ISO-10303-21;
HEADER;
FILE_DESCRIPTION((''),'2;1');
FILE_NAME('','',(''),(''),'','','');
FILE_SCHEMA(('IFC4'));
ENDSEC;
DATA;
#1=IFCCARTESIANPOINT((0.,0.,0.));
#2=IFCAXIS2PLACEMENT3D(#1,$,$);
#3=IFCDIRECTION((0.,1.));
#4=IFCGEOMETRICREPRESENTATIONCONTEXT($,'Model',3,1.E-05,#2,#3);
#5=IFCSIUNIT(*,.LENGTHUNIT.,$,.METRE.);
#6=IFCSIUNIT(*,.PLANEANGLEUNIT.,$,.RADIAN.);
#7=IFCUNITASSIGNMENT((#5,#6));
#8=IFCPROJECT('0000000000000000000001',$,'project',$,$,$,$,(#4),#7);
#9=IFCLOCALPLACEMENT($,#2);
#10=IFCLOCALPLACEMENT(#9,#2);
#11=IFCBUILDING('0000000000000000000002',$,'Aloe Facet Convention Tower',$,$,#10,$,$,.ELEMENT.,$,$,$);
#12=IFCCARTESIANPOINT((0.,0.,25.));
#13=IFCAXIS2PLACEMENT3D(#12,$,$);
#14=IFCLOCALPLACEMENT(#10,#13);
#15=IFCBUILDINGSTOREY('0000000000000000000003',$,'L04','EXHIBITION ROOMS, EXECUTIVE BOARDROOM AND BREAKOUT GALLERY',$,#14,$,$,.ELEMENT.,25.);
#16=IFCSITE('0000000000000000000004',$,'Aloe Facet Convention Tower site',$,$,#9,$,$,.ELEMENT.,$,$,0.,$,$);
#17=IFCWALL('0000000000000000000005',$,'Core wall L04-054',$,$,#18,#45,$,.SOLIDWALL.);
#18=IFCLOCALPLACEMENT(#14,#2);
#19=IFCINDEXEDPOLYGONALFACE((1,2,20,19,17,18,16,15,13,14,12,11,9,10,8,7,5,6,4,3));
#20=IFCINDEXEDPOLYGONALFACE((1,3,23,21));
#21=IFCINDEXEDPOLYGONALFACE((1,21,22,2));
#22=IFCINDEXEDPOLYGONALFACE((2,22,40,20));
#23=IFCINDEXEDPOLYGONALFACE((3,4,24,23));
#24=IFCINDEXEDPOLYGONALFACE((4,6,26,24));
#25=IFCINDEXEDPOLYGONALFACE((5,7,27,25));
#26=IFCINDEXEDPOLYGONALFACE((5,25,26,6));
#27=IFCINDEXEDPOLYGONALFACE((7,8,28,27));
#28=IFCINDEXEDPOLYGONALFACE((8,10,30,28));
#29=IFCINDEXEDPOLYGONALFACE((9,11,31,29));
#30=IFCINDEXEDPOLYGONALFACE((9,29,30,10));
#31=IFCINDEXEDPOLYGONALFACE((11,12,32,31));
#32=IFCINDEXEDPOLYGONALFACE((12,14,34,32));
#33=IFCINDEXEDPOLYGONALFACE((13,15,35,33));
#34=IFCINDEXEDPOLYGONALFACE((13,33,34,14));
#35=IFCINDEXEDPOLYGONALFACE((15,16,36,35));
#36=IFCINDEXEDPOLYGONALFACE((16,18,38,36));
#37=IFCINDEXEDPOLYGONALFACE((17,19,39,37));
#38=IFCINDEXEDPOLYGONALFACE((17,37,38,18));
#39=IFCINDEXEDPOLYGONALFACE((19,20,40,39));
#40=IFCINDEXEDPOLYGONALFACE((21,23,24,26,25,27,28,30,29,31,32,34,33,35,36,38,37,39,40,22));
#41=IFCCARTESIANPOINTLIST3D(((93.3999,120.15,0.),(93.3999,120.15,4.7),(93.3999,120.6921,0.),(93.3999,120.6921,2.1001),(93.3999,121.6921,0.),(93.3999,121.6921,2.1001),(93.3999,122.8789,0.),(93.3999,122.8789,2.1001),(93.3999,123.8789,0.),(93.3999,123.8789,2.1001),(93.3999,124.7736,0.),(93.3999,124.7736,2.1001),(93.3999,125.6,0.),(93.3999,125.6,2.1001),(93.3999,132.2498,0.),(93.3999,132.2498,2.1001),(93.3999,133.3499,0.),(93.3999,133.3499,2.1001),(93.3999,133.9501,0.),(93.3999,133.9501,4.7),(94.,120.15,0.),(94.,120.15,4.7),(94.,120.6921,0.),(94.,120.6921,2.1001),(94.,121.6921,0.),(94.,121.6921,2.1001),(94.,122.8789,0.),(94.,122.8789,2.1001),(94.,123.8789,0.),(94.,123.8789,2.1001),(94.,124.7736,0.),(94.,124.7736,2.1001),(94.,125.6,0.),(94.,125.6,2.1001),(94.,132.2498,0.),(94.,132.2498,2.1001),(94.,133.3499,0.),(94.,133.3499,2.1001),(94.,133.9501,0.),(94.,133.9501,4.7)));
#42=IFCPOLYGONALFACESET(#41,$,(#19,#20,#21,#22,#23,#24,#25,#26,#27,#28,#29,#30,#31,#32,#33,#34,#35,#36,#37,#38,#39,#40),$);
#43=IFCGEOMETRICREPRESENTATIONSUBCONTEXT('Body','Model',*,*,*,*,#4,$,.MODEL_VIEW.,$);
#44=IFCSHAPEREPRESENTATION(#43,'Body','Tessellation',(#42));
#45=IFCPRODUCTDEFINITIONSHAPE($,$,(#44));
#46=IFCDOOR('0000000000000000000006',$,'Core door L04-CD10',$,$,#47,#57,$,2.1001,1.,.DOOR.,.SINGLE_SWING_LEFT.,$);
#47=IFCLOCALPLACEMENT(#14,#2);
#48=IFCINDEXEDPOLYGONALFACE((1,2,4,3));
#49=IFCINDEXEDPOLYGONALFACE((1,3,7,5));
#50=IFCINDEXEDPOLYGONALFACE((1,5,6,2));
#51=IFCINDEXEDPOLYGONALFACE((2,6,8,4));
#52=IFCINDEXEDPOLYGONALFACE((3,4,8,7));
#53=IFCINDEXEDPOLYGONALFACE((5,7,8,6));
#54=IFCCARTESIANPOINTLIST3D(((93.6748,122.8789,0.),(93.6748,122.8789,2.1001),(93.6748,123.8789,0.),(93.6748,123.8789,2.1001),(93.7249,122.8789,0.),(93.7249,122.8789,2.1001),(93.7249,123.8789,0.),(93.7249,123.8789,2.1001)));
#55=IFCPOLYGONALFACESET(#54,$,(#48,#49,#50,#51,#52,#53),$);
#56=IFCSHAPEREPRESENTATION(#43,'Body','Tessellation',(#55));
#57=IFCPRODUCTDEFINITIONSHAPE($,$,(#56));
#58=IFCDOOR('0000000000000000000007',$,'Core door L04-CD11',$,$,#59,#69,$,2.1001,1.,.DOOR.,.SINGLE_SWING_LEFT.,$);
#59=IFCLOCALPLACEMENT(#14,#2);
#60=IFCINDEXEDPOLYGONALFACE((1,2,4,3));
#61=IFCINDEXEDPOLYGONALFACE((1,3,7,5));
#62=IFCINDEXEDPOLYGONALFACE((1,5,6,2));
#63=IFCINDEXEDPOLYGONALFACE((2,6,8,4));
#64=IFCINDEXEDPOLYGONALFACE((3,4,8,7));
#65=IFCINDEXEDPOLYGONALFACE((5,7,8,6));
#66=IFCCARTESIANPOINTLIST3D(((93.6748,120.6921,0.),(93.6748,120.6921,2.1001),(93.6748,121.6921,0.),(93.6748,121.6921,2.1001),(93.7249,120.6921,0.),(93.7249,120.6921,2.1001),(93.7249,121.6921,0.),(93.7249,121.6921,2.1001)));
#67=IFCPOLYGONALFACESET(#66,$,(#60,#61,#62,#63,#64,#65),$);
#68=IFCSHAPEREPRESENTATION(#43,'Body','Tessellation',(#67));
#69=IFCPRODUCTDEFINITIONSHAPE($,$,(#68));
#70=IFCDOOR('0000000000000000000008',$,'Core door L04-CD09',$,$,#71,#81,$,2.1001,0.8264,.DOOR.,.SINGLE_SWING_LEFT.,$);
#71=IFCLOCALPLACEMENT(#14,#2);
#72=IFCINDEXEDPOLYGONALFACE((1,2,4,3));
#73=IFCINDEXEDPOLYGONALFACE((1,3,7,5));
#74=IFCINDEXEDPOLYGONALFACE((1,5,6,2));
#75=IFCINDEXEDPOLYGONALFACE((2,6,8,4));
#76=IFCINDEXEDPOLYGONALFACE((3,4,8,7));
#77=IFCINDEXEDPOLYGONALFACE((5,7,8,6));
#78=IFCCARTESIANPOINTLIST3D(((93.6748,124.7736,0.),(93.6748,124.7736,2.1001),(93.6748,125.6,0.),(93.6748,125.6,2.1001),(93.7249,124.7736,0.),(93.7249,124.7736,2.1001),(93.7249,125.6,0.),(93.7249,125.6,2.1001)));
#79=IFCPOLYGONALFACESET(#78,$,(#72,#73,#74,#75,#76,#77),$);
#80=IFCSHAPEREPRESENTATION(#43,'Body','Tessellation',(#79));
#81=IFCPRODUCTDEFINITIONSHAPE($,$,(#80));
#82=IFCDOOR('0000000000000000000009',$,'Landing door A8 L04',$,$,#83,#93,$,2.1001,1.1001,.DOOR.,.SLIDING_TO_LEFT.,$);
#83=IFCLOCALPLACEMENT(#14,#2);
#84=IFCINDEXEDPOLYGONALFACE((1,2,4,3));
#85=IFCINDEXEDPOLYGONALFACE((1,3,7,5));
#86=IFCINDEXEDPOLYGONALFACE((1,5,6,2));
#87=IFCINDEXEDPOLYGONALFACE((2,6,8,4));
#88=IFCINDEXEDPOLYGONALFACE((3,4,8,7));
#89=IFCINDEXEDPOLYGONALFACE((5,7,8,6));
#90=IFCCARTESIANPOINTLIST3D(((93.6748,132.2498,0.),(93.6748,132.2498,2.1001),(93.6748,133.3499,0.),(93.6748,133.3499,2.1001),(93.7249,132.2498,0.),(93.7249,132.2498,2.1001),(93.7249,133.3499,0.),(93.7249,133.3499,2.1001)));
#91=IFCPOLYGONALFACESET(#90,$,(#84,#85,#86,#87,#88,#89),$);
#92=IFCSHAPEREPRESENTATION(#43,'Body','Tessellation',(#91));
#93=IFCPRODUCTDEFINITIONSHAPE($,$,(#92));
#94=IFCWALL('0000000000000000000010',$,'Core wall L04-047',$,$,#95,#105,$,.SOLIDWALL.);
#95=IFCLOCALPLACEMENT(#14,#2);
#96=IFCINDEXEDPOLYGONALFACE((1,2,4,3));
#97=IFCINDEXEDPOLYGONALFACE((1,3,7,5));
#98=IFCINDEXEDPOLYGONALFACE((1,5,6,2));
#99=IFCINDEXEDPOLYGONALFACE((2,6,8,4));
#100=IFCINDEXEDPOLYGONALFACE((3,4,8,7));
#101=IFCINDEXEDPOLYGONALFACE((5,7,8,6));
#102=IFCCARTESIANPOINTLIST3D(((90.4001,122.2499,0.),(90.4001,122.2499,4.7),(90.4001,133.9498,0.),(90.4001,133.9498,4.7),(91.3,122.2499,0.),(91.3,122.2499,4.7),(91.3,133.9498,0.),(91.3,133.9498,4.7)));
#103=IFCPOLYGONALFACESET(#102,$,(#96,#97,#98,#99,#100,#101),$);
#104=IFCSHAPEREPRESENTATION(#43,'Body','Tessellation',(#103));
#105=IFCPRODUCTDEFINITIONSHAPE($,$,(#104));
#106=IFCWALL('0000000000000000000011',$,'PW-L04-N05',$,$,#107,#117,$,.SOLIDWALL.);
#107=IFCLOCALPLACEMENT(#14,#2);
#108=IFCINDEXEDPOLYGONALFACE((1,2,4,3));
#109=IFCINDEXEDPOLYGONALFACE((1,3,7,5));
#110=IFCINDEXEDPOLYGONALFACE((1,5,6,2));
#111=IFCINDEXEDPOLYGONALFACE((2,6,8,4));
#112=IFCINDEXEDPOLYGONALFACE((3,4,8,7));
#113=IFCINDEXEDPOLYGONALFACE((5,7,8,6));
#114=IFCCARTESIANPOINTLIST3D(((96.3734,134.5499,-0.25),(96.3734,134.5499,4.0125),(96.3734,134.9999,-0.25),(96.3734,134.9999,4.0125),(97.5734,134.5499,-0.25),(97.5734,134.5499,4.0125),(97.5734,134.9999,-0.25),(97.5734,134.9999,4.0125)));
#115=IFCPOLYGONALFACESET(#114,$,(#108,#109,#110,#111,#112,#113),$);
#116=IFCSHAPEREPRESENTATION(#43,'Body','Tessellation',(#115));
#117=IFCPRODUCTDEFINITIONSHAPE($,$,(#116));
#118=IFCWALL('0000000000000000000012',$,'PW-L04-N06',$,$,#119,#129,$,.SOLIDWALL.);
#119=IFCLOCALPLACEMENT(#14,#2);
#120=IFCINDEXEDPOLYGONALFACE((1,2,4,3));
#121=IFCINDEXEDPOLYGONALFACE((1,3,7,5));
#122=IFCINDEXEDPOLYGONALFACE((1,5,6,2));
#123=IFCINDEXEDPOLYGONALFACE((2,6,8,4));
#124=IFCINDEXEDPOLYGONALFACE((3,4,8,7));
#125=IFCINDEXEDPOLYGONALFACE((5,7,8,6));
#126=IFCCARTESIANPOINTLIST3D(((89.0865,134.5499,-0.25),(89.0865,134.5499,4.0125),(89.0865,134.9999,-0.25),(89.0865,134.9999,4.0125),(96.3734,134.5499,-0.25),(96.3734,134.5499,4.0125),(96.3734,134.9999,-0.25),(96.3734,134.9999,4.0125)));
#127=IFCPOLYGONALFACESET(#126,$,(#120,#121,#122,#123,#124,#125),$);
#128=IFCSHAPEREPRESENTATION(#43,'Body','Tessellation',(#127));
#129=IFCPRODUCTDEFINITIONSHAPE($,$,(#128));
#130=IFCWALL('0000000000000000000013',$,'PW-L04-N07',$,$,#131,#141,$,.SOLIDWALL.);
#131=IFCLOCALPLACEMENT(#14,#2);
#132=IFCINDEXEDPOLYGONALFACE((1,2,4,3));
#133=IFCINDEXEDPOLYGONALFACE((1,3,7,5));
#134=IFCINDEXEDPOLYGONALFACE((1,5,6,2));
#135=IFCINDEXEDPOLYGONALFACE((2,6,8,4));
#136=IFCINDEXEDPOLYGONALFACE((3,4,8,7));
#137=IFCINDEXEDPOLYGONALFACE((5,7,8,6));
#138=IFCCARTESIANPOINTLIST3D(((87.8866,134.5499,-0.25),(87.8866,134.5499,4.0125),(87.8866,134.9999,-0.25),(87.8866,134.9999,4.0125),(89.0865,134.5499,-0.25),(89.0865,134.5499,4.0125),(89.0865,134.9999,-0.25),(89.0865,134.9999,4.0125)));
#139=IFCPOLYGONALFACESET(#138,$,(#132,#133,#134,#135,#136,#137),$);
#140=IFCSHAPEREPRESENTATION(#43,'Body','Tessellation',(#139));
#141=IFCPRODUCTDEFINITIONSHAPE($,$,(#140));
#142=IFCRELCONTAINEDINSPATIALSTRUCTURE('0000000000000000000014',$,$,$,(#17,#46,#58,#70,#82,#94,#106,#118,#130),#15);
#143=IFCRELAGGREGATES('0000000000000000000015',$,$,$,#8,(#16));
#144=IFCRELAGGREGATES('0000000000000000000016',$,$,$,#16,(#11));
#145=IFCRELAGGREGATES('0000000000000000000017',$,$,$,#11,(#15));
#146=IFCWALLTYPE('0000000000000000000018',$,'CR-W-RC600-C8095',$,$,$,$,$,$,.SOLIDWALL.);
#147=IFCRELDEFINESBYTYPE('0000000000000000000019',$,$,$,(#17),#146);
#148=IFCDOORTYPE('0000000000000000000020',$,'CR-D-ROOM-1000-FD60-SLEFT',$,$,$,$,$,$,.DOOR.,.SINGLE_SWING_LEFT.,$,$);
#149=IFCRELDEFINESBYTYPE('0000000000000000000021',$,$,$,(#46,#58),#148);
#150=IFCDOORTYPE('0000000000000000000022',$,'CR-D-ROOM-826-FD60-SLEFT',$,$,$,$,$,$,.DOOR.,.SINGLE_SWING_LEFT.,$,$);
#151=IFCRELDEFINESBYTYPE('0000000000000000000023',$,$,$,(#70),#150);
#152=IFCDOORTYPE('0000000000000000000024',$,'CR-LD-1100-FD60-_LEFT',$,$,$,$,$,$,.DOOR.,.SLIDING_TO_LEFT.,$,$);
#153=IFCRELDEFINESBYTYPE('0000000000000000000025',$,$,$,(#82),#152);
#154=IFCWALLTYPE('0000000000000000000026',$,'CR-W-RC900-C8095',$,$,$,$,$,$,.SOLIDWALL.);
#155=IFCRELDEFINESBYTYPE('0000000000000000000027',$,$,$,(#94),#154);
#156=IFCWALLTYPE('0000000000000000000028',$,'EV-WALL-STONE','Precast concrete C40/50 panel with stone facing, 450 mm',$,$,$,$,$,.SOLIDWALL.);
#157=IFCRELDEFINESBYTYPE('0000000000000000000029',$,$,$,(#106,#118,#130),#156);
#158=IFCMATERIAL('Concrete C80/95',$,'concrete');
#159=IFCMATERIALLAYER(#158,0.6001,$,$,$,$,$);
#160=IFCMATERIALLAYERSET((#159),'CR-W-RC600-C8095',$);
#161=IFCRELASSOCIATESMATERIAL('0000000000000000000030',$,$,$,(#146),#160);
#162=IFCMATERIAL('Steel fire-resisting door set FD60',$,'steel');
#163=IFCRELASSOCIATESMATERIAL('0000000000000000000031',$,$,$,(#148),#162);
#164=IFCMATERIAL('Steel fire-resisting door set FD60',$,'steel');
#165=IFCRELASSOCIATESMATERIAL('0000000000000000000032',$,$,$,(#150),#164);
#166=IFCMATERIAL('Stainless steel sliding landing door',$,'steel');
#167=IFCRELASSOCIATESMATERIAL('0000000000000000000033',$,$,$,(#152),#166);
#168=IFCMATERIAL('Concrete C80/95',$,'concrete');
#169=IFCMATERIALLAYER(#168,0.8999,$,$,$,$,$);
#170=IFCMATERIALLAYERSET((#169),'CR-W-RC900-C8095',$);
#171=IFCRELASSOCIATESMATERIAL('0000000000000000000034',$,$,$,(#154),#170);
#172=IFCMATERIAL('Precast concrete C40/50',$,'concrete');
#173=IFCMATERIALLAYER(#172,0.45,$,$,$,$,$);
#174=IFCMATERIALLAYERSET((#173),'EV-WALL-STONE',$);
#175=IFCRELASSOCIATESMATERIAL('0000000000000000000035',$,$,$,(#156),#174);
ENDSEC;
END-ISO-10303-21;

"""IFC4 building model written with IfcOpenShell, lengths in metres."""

from ifc_helpers import new_model, si_unit, direction, frame, frame_2d, origin, place, context, subcontext, project, spatial, rectangle, extrude, material, layer, layer_set, type_object, element, fill, save


model = new_model("IFC4")

# Units and contexts
model_context = context("Model", 3, precision=1e-05, world=origin(), true_north=direction((0.0, 1.0)))
body_context = subcontext(model_context, "Body", "Model", "MODEL_VIEW")
ifc_project = project(units=[si_unit("LENGTHUNIT", "METRE"), si_unit("PLANEANGLEUNIT", "RADIAN")], contexts=[model_context])

# Site, building, storey
site_placement = place(None, origin())
site = spatial("IfcSite", under=ifc_project, at=site_placement, Name="Aloe Facet Convention Tower site", CompositionType="ELEMENT", RefElevation=0.0)
building_placement = place(site_placement, origin())
building = spatial("IfcBuilding", under=site, at=building_placement, Name="Aloe Facet Convention Tower", CompositionType="ELEMENT")
storey_placement = place(building_placement, frame((0.0, 0.0, 25.0)))
storey = spatial("IfcBuildingStorey", under=building, at=storey_placement, Name="L04", Description="EXHIBITION ROOMS, EXECUTIVE BOARDROOM AND BREAKOUT GALLERY", CompositionType="ELEMENT", Elevation=25.0)

# Wall, openings, doors
ifc_material_1 = material(Name="Concrete C80/95", Category="concrete")
ifc_layer_1 = layer(ifc_material_1, 0.6001)
ifc_layer_set_1 = layer_set([ifc_layer_1], Name="CR-W-RC600-C8095")
wall_type_1 = type_object("IfcWallType", Name="CR-W-RC600-C8095", PredefinedType="SOLIDWALL", material=ifc_layer_set_1)
wall_1_placement = place(storey_placement, frame((93.7, 133.95, 0.0), z_axis=(0.0, 0.0, 1.0), x_axis=(0.0, -1.0, 0.0)))
wall_1 = element("IfcWall", 1, at=wall_1_placement, inside=storey, type_object=wall_type_1, Name="Core wall L04-054", PredefinedType="SOLIDWALL", context=body_context, shape_type="SweptSolid", body=[
    extrude(rectangle(XDim=13.8, YDim=0.6001, at=frame_2d((6.8999, 0.0))), origin(), (0.0, 0.0, 1.0), 4.7),
])
opening_1_placement = place(wall_1_placement, frame((0.6001, 0.0, 0.0)))
opening_1 = element("IfcOpeningElement", 2, at=opening_1_placement, cuts=wall_1, PredefinedType="OPENING", context=body_context, shape_type="SweptSolid", body=[
    extrude(rectangle(XDim=1.1001, YDim=2.1001, at=frame_2d((0.55, 1.05))), frame((0.0, 0.3101, 0.0), z_axis=(0.0, -1.0, 0.0), x_axis=(1.0, 0.0, 0.0)), (0.0, 0.0, 1.0), 0.6201),
])
opening_2_placement = place(wall_1_placement, frame((8.3501, 0.0, 0.0)))
opening_2 = element("IfcOpeningElement", 3, at=opening_2_placement, cuts=wall_1, PredefinedType="OPENING", context=body_context, shape_type="SweptSolid", body=[
    extrude(rectangle(XDim=0.8264, YDim=2.1001, at=frame_2d((0.4131, 1.05))), frame((0.0, 0.3101, 0.0), z_axis=(0.0, -1.0, 0.0), x_axis=(1.0, 0.0, 0.0)), (0.0, 0.0, 1.0), 0.6201),
])
opening_3_placement = place(wall_1_placement, frame((10.071, 0.0, 0.0)))
opening_3 = element("IfcOpeningElement", 4, at=opening_3_placement, cuts=wall_1, PredefinedType="OPENING", context=body_context, shape_type="SweptSolid", body=[
    extrude(rectangle(XDim=1.0, YDim=2.1001, at=frame_2d((0.5, 1.05))), frame((0.0, 0.3101, 0.0), z_axis=(0.0, -1.0, 0.0), x_axis=(1.0, 0.0, 0.0)), (0.0, 0.0, 1.0), 0.6201),
])
opening_4_placement = place(wall_1_placement, frame((12.2578, 0.0, 0.0)))
opening_4 = element("IfcOpeningElement", 5, at=opening_4_placement, cuts=wall_1, PredefinedType="OPENING", context=body_context, shape_type="SweptSolid", body=[
    extrude(rectangle(XDim=1.0, YDim=2.1001, at=frame_2d((0.5, 1.05))), frame((0.0, 0.3101, 0.0), z_axis=(0.0, -1.0, 0.0), x_axis=(1.0, 0.0, 0.0)), (0.0, 0.0, 1.0), 0.6201),
])
ifc_material_2 = material(Name="Steel fire-resisting door set FD60", Category="steel")
door_type_1 = type_object("IfcDoorType", Name="CR-D-ROOM-1000-FD60-SLEFT", OperationType="SINGLE_SWING_LEFT", PredefinedType="DOOR", material=ifc_material_2)
door_1_placement = place(opening_3_placement, origin())
door_1 = element("IfcDoor", 6, at=door_1_placement, inside=storey, type_object=door_type_1, Name="Core door L04-CD10", OperationType="SINGLE_SWING_LEFT", OverallHeight=2.1001, OverallWidth=1.0, PredefinedType="DOOR", context=body_context, shape_type="SweptSolid", body=[
    extrude(rectangle(XDim=1.0, YDim=2.1001, at=frame_2d((0.5, 1.05))), frame((0.0, 0.0249, 0.0), z_axis=(0.0, -1.0, 0.0), x_axis=(1.0, 0.0, 0.0)), (0.0, 0.0, 1.0), 0.05),
])
fill(opening_3, door_1)
door_2_placement = place(opening_4_placement, origin())
door_2 = element("IfcDoor", 7, at=door_2_placement, inside=storey, type_object=door_type_1, Name="Core door L04-CD11", OperationType="SINGLE_SWING_LEFT", OverallHeight=2.1001, OverallWidth=1.0, PredefinedType="DOOR", context=body_context, shape_type="SweptSolid", body=[
    extrude(rectangle(XDim=1.0, YDim=2.1001, at=frame_2d((0.5, 1.05))), frame((0.0, 0.0249, 0.0), z_axis=(0.0, -1.0, 0.0), x_axis=(1.0, 0.0, 0.0)), (0.0, 0.0, 1.0), 0.05),
])
fill(opening_4, door_2)
ifc_material_3 = material(Name="Steel fire-resisting door set FD60", Category="steel")
door_type_2 = type_object("IfcDoorType", Name="CR-D-ROOM-826-FD60-SLEFT", OperationType="SINGLE_SWING_LEFT", PredefinedType="DOOR", material=ifc_material_3)
door_3_placement = place(opening_2_placement, origin())
door_3 = element("IfcDoor", 8, at=door_3_placement, inside=storey, type_object=door_type_2, Name="Core door L04-CD09", OperationType="SINGLE_SWING_LEFT", OverallHeight=2.1001, OverallWidth=0.8264, PredefinedType="DOOR", context=body_context, shape_type="SweptSolid", body=[
    extrude(rectangle(XDim=0.8264, YDim=2.1001, at=frame_2d((0.4131, 1.05))), frame((0.0, 0.0249, 0.0), z_axis=(0.0, -1.0, 0.0), x_axis=(1.0, 0.0, 0.0)), (0.0, 0.0, 1.0), 0.05),
])
fill(opening_2, door_3)
ifc_material_4 = material(Name="Stainless steel sliding landing door", Category="steel")
door_type_3 = type_object("IfcDoorType", Name="CR-LD-1100-FD60-_LEFT", OperationType="SLIDING_TO_LEFT", PredefinedType="DOOR", material=ifc_material_4)
door_4_placement = place(opening_1_placement, origin())
door_4 = element("IfcDoor", 9, at=door_4_placement, inside=storey, type_object=door_type_3, Name="Landing door A8 L04", OperationType="SLIDING_TO_LEFT", OverallHeight=2.1001, OverallWidth=1.1001, PredefinedType="DOOR", context=body_context, shape_type="SweptSolid", body=[
    extrude(rectangle(XDim=1.1001, YDim=2.1001, at=frame_2d((0.55, 1.05))), frame((0.0, 0.0249, 0.0), z_axis=(0.0, -1.0, 0.0), x_axis=(1.0, 0.0, 0.0)), (0.0, 0.0, 1.0), 0.05),
])
fill(opening_1, door_4)

# Walls
ifc_material_5 = material(Name="Concrete C80/95", Category="concrete")
ifc_layer_2 = layer(ifc_material_5, 0.8999)
ifc_layer_set_2 = layer_set([ifc_layer_2], Name="CR-W-RC900-C8095")
wall_type_2 = type_object("IfcWallType", Name="CR-W-RC900-C8095", PredefinedType="SOLIDWALL", material=ifc_layer_set_2)
wall_2_placement = place(storey_placement, frame((90.8501, 133.95, 0.0), z_axis=(0.0, 0.0, 1.0), x_axis=(0.0, -1.0, 0.0)))
element("IfcWall", 10, at=wall_2_placement, inside=storey, type_object=wall_type_2, Name="Core wall L04-047", PredefinedType="SOLIDWALL", context=body_context, shape_type="SweptSolid", body=[
    extrude(rectangle(XDim=11.7, YDim=0.8999, at=frame_2d((5.8501, 0.0))), origin(), (0.0, 0.0, 1.0), 4.7),
])
ifc_material_6 = material(Name="Precast concrete C40/50", Category="concrete")
ifc_layer_3 = layer(ifc_material_6, 0.45)
ifc_layer_set_3 = layer_set([ifc_layer_3], Name="EV-WALL-STONE")
wall_type_3 = type_object("IfcWallType", Name="EV-WALL-STONE", Description="Precast concrete C40/50 panel with stone facing, 450 mm", PredefinedType="SOLIDWALL", material=ifc_layer_set_3)
wall_3_placement = place(storey_placement, frame((97.5735, 134.7749, -0.25), z_axis=(0.0, 0.0, 1.0), x_axis=(-1.0, 0.0, 0.0)))
element("IfcWall", 11, at=wall_3_placement, inside=storey, type_object=wall_type_3, Name="PW-L04-N05", PredefinedType="SOLIDWALL", context=body_context, shape_type="SweptSolid", body=[
    extrude(rectangle(XDim=1.2, YDim=0.45, at=frame_2d((0.6001, 0.0))), origin(), (0.0, 0.0, 1.0), 4.2625),
])
wall_4_placement = place(storey_placement, frame((96.3735, 134.7749, -0.25), z_axis=(0.0, 0.0, 1.0), x_axis=(-1.0, 0.0, 0.0)))
element("IfcWall", 12, at=wall_4_placement, inside=storey, type_object=wall_type_3, Name="PW-L04-N06", PredefinedType="SOLIDWALL", context=body_context, shape_type="SweptSolid", body=[
    extrude(rectangle(XDim=7.2869, YDim=0.45, at=frame_2d((3.6436, 0.0))), origin(), (0.0, 0.0, 1.0), 4.2625),
])
wall_5_placement = place(storey_placement, frame((89.0867, 134.7749, -0.25), z_axis=(0.0, 0.0, 1.0), x_axis=(-1.0, 0.0, 0.0)))
element("IfcWall", 13, at=wall_5_placement, inside=storey, type_object=wall_type_3, Name="PW-L04-N07", PredefinedType="SOLIDWALL", context=body_context, shape_type="SweptSolid", body=[
    extrude(rectangle(XDim=1.2, YDim=0.45, at=frame_2d((0.6001, 0.0))), origin(), (0.0, 0.0, 1.0), 4.2625),
])

save(model, "model.ifc")
